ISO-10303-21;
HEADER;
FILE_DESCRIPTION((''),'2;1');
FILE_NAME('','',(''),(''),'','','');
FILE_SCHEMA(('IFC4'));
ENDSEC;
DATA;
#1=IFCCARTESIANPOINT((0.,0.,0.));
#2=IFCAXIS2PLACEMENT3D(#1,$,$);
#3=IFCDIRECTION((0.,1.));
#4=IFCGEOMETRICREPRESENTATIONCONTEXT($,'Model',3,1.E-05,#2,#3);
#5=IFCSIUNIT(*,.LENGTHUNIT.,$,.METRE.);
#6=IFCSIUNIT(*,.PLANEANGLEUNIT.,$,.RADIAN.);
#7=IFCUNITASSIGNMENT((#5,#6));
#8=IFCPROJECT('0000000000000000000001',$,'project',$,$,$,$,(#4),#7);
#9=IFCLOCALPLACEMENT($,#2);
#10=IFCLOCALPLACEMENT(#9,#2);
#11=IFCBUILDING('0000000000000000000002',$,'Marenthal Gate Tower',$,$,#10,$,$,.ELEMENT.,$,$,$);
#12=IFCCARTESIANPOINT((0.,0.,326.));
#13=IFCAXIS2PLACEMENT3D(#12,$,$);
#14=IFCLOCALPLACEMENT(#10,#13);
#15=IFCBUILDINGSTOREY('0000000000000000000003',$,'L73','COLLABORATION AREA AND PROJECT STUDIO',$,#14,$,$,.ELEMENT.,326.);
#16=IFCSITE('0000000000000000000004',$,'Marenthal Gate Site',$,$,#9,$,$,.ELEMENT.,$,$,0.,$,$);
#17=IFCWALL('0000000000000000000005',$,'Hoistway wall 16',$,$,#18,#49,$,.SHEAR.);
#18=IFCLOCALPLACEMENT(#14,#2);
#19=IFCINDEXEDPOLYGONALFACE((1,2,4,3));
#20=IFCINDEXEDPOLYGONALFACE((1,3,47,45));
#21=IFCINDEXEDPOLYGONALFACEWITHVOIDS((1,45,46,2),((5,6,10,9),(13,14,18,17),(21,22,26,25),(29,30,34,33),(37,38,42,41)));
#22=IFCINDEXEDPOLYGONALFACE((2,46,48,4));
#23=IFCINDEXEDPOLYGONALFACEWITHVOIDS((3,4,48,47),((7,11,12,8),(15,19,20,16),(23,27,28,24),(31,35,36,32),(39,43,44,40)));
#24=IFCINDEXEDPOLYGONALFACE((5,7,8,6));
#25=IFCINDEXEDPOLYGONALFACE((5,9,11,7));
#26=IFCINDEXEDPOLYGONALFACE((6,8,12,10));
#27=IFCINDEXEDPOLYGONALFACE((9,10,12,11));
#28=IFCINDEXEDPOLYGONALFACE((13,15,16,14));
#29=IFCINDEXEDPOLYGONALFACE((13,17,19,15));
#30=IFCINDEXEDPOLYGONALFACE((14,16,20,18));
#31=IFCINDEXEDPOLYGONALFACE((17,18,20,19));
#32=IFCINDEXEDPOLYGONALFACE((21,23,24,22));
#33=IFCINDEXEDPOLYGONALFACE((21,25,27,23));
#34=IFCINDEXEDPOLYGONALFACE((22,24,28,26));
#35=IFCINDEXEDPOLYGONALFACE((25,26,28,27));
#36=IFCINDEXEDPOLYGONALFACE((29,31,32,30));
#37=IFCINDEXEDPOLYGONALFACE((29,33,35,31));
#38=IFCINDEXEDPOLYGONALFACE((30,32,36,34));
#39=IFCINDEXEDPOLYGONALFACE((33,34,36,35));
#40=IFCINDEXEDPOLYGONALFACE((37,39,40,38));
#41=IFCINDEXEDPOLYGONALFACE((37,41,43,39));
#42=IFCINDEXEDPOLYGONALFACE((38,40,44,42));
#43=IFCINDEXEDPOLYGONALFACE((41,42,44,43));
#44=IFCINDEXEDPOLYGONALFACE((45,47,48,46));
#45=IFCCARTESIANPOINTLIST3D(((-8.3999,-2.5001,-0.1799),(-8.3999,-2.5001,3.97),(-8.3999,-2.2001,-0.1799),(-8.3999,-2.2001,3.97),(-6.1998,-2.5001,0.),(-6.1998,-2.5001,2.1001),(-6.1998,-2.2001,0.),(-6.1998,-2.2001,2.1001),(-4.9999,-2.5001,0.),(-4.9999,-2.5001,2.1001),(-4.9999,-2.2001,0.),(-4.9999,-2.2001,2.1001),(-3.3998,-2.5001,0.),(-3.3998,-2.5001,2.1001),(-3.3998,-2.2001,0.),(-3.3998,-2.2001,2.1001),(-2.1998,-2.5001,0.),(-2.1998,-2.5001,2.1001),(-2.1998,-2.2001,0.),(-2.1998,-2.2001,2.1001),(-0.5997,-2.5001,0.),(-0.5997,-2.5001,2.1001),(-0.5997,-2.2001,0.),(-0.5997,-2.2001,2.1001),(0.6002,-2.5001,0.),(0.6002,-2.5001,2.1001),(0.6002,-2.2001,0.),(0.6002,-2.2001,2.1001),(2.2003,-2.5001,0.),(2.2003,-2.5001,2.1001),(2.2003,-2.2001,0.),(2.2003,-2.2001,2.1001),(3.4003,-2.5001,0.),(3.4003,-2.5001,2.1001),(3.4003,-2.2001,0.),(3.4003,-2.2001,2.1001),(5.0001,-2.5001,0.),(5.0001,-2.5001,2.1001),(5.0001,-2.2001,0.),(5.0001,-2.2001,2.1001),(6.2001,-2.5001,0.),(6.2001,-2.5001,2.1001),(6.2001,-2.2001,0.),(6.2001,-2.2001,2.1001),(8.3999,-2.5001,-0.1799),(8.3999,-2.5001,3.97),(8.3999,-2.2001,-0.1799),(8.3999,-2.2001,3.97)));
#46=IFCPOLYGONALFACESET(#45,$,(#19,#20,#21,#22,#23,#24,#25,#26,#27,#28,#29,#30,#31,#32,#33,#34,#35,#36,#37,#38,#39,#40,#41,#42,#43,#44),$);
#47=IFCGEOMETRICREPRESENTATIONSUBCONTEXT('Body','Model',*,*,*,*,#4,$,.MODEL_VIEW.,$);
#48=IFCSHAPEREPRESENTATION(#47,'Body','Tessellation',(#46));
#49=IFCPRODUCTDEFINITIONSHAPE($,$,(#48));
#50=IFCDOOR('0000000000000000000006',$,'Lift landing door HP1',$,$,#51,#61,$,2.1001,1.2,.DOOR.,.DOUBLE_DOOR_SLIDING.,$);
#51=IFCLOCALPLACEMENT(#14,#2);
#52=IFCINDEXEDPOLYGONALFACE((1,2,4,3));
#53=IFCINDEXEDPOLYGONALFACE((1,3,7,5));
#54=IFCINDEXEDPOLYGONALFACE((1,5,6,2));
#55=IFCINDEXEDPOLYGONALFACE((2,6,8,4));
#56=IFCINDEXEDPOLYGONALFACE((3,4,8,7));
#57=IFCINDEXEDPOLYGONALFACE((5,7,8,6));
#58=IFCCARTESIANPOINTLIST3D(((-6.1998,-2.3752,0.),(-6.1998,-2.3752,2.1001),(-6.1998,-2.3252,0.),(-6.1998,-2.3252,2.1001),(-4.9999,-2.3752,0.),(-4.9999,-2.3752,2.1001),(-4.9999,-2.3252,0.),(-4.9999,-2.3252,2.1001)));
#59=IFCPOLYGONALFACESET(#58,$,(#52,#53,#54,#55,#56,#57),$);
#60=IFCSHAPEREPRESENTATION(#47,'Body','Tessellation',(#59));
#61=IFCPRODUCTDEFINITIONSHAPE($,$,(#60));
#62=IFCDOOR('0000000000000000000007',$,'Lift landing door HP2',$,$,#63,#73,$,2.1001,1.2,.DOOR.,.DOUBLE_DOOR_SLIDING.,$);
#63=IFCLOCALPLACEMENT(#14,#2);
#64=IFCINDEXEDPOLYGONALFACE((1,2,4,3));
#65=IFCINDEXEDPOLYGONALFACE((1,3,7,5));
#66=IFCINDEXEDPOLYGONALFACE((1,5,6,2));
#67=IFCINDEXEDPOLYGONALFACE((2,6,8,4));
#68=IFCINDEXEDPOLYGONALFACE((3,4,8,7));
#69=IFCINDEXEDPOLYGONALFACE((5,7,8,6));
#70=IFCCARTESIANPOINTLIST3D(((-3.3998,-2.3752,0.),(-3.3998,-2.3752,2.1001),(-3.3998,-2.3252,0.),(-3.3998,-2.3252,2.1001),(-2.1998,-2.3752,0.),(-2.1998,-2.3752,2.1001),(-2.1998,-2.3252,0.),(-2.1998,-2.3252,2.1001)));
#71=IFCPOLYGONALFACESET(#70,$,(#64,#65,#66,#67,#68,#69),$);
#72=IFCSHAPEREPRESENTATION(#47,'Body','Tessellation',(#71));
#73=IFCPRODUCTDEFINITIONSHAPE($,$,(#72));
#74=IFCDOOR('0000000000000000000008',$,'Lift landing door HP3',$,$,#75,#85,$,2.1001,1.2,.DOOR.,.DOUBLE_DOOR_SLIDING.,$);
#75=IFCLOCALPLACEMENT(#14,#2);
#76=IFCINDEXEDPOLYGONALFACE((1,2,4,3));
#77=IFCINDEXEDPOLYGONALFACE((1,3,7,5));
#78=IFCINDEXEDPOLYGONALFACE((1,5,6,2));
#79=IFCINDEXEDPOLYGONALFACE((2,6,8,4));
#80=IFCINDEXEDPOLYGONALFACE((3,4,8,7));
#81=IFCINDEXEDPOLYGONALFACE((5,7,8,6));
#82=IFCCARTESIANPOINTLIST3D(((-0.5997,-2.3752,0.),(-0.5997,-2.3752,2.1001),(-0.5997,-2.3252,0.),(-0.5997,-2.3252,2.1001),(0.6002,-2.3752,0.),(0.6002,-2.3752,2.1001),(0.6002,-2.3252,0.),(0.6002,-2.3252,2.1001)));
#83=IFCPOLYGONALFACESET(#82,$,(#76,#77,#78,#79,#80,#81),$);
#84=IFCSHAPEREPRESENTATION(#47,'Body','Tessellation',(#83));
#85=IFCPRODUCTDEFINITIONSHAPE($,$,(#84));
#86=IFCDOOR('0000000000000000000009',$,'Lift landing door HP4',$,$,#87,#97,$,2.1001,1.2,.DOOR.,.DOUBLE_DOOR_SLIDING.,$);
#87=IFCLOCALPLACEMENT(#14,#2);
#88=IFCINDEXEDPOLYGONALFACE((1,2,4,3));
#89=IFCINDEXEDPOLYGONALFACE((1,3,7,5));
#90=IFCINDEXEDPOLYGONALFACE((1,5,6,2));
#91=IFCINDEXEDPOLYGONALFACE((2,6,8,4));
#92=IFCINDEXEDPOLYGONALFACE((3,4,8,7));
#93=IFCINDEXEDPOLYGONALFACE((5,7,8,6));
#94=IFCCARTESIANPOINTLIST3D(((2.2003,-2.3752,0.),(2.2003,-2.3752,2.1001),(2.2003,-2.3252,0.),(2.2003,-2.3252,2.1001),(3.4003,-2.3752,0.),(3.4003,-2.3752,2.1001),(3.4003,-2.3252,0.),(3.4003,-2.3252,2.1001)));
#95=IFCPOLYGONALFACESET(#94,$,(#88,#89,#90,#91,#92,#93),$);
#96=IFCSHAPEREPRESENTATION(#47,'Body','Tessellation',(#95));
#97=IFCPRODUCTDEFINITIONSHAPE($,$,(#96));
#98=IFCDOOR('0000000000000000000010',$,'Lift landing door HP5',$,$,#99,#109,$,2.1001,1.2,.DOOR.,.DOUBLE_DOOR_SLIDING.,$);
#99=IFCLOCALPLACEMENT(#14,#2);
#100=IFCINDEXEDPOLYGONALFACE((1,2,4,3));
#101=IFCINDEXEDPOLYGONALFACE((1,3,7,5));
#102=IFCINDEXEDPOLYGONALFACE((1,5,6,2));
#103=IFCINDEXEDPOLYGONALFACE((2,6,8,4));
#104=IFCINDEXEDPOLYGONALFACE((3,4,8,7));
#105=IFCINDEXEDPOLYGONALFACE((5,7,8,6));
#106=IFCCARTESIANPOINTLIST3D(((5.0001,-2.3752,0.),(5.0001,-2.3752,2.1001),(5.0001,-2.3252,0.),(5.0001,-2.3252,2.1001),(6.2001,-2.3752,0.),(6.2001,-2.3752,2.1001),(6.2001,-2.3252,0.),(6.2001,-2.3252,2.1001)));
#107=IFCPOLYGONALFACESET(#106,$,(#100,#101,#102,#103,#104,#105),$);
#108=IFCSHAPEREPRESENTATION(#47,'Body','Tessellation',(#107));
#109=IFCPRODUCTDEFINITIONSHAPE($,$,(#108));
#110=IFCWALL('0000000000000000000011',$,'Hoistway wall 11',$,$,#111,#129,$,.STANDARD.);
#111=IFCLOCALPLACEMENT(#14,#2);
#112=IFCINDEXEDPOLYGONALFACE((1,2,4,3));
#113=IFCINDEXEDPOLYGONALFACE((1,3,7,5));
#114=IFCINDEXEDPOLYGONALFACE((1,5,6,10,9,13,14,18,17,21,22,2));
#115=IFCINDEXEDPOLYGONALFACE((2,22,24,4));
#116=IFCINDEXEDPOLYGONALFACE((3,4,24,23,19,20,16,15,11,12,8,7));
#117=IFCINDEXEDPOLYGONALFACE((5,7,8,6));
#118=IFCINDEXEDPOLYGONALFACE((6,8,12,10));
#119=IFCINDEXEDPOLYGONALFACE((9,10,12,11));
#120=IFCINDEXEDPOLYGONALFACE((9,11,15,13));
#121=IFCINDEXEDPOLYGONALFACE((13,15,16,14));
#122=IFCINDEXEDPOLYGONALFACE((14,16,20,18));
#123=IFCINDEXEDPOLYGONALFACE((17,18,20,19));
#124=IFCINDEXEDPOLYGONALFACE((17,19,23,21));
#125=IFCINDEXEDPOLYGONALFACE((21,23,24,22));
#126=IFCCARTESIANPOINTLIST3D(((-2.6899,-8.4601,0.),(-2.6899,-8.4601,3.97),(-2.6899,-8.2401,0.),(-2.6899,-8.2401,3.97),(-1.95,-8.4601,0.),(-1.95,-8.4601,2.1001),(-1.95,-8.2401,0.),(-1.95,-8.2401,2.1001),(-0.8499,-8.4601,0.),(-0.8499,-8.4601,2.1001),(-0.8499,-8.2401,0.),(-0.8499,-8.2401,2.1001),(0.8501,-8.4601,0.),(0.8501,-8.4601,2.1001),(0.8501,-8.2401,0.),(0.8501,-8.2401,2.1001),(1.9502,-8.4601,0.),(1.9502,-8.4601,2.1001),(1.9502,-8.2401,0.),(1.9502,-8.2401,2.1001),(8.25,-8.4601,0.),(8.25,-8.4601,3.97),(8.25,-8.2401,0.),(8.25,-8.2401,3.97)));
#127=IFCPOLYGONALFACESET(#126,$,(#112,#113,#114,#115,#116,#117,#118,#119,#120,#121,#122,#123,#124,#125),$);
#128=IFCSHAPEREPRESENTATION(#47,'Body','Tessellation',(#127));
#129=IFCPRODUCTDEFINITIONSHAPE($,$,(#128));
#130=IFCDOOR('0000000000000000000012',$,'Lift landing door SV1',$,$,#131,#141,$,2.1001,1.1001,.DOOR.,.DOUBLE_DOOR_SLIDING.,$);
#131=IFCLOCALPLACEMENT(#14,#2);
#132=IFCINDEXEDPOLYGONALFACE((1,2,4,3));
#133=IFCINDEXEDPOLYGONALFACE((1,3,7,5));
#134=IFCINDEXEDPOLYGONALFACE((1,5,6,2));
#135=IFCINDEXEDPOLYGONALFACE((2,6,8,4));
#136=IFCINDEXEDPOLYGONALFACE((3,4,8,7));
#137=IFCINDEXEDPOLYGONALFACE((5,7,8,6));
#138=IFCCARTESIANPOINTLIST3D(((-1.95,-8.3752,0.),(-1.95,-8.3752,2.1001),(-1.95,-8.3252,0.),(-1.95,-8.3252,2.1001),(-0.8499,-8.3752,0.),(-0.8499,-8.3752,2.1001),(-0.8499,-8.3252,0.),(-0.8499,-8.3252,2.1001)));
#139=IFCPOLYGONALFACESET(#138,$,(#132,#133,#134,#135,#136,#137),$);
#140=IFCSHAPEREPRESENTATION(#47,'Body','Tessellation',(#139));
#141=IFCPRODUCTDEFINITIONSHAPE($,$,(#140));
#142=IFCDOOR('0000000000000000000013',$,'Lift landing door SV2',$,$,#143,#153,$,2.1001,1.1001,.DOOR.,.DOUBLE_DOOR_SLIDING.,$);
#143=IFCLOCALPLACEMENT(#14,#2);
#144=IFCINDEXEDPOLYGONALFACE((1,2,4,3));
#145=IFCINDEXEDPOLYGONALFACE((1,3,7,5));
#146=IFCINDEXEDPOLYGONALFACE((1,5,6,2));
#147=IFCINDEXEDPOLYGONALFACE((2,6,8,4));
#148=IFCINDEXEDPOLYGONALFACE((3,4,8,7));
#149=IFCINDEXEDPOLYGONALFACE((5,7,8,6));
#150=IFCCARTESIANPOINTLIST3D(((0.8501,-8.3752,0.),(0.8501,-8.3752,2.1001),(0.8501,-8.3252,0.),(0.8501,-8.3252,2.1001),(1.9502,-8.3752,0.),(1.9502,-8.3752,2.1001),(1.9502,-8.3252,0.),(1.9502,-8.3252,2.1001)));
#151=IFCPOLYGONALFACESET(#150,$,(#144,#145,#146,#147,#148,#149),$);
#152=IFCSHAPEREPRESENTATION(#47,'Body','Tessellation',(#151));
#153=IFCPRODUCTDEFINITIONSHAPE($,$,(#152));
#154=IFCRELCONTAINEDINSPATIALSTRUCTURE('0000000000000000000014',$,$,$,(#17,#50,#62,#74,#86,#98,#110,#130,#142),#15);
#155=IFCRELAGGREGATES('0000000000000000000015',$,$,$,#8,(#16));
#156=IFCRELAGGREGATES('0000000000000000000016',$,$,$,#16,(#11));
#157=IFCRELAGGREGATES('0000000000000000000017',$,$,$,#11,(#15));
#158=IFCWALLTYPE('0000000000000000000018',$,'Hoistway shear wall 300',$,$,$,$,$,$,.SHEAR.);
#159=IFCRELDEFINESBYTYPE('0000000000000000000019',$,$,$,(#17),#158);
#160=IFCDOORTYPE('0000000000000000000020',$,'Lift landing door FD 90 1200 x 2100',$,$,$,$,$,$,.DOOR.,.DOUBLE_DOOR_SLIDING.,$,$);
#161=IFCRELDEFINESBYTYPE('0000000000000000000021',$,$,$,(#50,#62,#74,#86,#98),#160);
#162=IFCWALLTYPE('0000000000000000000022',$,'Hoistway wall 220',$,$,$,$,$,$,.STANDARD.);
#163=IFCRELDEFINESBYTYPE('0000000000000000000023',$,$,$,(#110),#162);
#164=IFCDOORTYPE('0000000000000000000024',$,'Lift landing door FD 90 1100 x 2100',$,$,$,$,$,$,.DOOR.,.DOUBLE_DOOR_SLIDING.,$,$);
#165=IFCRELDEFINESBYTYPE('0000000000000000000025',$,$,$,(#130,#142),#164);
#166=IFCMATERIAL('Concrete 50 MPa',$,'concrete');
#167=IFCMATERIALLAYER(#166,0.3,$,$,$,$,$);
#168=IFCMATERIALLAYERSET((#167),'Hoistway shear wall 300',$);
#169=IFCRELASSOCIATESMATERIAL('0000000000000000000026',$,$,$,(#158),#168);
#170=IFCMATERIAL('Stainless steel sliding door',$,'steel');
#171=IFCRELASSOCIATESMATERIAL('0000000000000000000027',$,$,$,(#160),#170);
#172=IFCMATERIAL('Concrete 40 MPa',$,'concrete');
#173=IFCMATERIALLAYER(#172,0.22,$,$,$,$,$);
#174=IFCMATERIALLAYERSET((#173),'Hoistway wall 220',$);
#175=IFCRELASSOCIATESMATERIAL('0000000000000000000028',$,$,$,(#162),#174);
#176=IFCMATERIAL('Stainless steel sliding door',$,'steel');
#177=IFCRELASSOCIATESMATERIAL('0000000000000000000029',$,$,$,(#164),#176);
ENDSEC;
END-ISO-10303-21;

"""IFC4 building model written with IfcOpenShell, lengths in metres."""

from ifc_helpers import new_model, si_unit, direction, frame, frame_2d, origin, place, context, subcontext, project, spatial, rectangle, extrude, material, layer, layer_set, type_object, element, fill, save


model = new_model("IFC4")

# Units and contexts
model_context = context("Model", 3, precision=1e-05, world=origin(), true_north=direction((0.0, 1.0)))
body_context = subcontext(model_context, "Body", "Model", "MODEL_VIEW")
ifc_project = project(units=[si_unit("LENGTHUNIT", "METRE"), si_unit("PLANEANGLEUNIT", "RADIAN")], contexts=[model_context])

# Site, building, storey
site_placement = place(None, origin())
site = spatial("IfcSite", under=ifc_project, at=site_placement, Name="Marenthal Gate Site", CompositionType="ELEMENT", RefElevation=0.0)
building_placement = place(site_placement, origin())
building = spatial("IfcBuilding", under=site, at=building_placement, Name="Marenthal Gate Tower", CompositionType="ELEMENT")
storey_placement = place(building_placement, frame((0.0, 0.0, 326.0)))
storey = spatial("IfcBuildingStorey", under=building, at=storey_placement, Name="L73", Description="COLLABORATION AREA AND PROJECT STUDIO", CompositionType="ELEMENT", Elevation=326.0)

# Walls, openings, doors
ifc_material_1 = material(Name="Concrete 50 MPa", Category="concrete")
ifc_layer_1 = layer(ifc_material_1, 0.3)
ifc_layer_set_1 = layer_set([ifc_layer_1], Name="Hoistway shear wall 300")
wall_type_1 = type_object("IfcWallType", Name="Hoistway shear wall 300", PredefinedType="SHEAR", material=ifc_layer_set_1)
wall_1_placement = place(storey_placement, frame((-8.3999, -2.3501, -0.1799), z_axis=(0.0, 0.0, 1.0), x_axis=(1.0, 0.0, 0.0)))
wall_1 = element("IfcWall", 1, at=wall_1_placement, inside=storey, type_object=wall_type_1, Name="Hoistway wall 16", PredefinedType="SHEAR", context=body_context, shape_type="SweptSolid", body=[
    extrude(rectangle(XDim=16.7998, YDim=0.3, at=frame_2d((8.3999, 0.0))), origin(), (0.0, 0.0, 1.0), 4.1499),
])
opening_1_placement = place(wall_1_placement, frame((2.2, 0.0, 0.1799)))
opening_1 = element("IfcOpeningElement", 2, at=opening_1_placement, cuts=wall_1, PredefinedType="OPENING", context=body_context, shape_type="SweptSolid", body=[
    extrude(rectangle(XDim=1.2, YDim=2.1001, at=frame_2d((0.6001, 1.05))), frame((0.0, 0.1602, 0.0), z_axis=(0.0, -1.0, 0.0), x_axis=(1.0, 0.0, 0.0)), (0.0, 0.0, 1.0), 0.3201),
])
opening_2_placement = place(wall_1_placement, frame((5.0, 0.0, 0.1799)))
opening_2 = element("IfcOpeningElement", 3, at=opening_2_placement, cuts=wall_1, PredefinedType="OPENING", context=body_context, shape_type="SweptSolid", body=[
    extrude(rectangle(XDim=1.2, YDim=2.1001, at=frame_2d((0.6001, 1.05))), frame((0.0, 0.1602, 0.0), z_axis=(0.0, -1.0, 0.0), x_axis=(1.0, 0.0, 0.0)), (0.0, 0.0, 1.0), 0.3201),
])
opening_3_placement = place(wall_1_placement, frame((7.8, 0.0, 0.1799)))
opening_3 = element("IfcOpeningElement", 4, at=opening_3_placement, cuts=wall_1, PredefinedType="OPENING", context=body_context, shape_type="SweptSolid", body=[
    extrude(rectangle(XDim=1.2, YDim=2.1001, at=frame_2d((0.6001, 1.05))), frame((0.0, 0.1602, 0.0), z_axis=(0.0, -1.0, 0.0), x_axis=(1.0, 0.0, 0.0)), (0.0, 0.0, 1.0), 0.3201),
])
opening_4_placement = place(wall_1_placement, frame((10.6001, 0.0, 0.1799)))
opening_4 = element("IfcOpeningElement", 5, at=opening_4_placement, cuts=wall_1, PredefinedType="OPENING", context=body_context, shape_type="SweptSolid", body=[
    extrude(rectangle(XDim=1.2, YDim=2.1001, at=frame_2d((0.6001, 1.05))), frame((0.0, 0.1602, 0.0), z_axis=(0.0, -1.0, 0.0), x_axis=(1.0, 0.0, 0.0)), (0.0, 0.0, 1.0), 0.3201),
])
opening_5_placement = place(wall_1_placement, frame((13.3999, 0.0, 0.1799)))
opening_5 = element("IfcOpeningElement", 6, at=opening_5_placement, cuts=wall_1, PredefinedType="OPENING", context=body_context, shape_type="SweptSolid", body=[
    extrude(rectangle(XDim=1.2, YDim=2.1001, at=frame_2d((0.6001, 1.05))), frame((0.0, 0.1602, 0.0), z_axis=(0.0, -1.0, 0.0), x_axis=(1.0, 0.0, 0.0)), (0.0, 0.0, 1.0), 0.3201),
])
ifc_material_2 = material(Name="Stainless steel sliding door", Category="steel")
door_type_1 = type_object("IfcDoorType", Name="Lift landing door FD 90 1200 x 2100", OperationType="DOUBLE_DOOR_SLIDING", PredefinedType="DOOR", material=ifc_material_2)
door_1_placement = place(opening_1_placement, origin())
door_1 = element("IfcDoor", 7, at=door_1_placement, inside=storey, type_object=door_type_1, Name="Lift landing door HP1", OperationType="DOUBLE_DOOR_SLIDING", OverallHeight=2.1001, OverallWidth=1.2, PredefinedType="DOOR", context=body_context, shape_type="SweptSolid", body=[
    extrude(rectangle(XDim=1.2, YDim=2.1001, at=frame_2d((0.6001, 1.05))), frame((0.0, 0.0249, 0.0), z_axis=(0.0, -1.0, 0.0), x_axis=(1.0, 0.0, 0.0)), (0.0, 0.0, 1.0), 0.05),
])
fill(opening_1, door_1)
door_2_placement = place(opening_2_placement, origin())
door_2 = element("IfcDoor", 8, at=door_2_placement, inside=storey, type_object=door_type_1, Name="Lift landing door HP2", OperationType="DOUBLE_DOOR_SLIDING", OverallHeight=2.1001, OverallWidth=1.2, PredefinedType="DOOR", context=body_context, shape_type="SweptSolid", body=[
    extrude(rectangle(XDim=1.2, YDim=2.1001, at=frame_2d((0.6001, 1.05))), frame((0.0, 0.0249, 0.0), z_axis=(0.0, -1.0, 0.0), x_axis=(1.0, 0.0, 0.0)), (0.0, 0.0, 1.0), 0.05),
])
fill(opening_2, door_2)
door_3_placement = place(opening_3_placement, origin())
door_3 = element("IfcDoor", 9, at=door_3_placement, inside=storey, type_object=door_type_1, Name="Lift landing door HP3", OperationType="DOUBLE_DOOR_SLIDING", OverallHeight=2.1001, OverallWidth=1.2, PredefinedType="DOOR", context=body_context, shape_type="SweptSolid", body=[
    extrude(rectangle(XDim=1.2, YDim=2.1001, at=frame_2d((0.6001, 1.05))), frame((0.0, 0.0249, 0.0), z_axis=(0.0, -1.0, 0.0), x_axis=(1.0, 0.0, 0.0)), (0.0, 0.0, 1.0), 0.05),
])
fill(opening_3, door_3)
door_4_placement = place(opening_4_placement, origin())
door_4 = element("IfcDoor", 10, at=door_4_placement, inside=storey, type_object=door_type_1, Name="Lift landing door HP4", OperationType="DOUBLE_DOOR_SLIDING", OverallHeight=2.1001, OverallWidth=1.2, PredefinedType="DOOR", context=body_context, shape_type="SweptSolid", body=[
    extrude(rectangle(XDim=1.2, YDim=2.1001, at=frame_2d((0.6001, 1.05))), frame((0.0, 0.0249, 0.0), z_axis=(0.0, -1.0, 0.0), x_axis=(1.0, 0.0, 0.0)), (0.0, 0.0, 1.0), 0.05),
])
fill(opening_4, door_4)
door_5_placement = place(opening_5_placement, origin())
door_5 = element("IfcDoor", 11, at=door_5_placement, inside=storey, type_object=door_type_1, Name="Lift landing door HP5", OperationType="DOUBLE_DOOR_SLIDING", OverallHeight=2.1001, OverallWidth=1.2, PredefinedType="DOOR", context=body_context, shape_type="SweptSolid", body=[
    extrude(rectangle(XDim=1.2, YDim=2.1001, at=frame_2d((0.6001, 1.05))), frame((0.0, 0.0249, 0.0), z_axis=(0.0, -1.0, 0.0), x_axis=(1.0, 0.0, 0.0)), (0.0, 0.0, 1.0), 0.05),
])
fill(opening_5, door_5)
ifc_material_3 = material(Name="Concrete 40 MPa", Category="concrete")
ifc_layer_2 = layer(ifc_material_3, 0.22)
ifc_layer_set_2 = layer_set([ifc_layer_2], Name="Hoistway wall 220")
wall_type_2 = type_object("IfcWallType", Name="Hoistway wall 220", PredefinedType="STANDARD", material=ifc_layer_set_2)
wall_2_placement = place(storey_placement, frame((-2.6899, -8.3501, 0.0), z_axis=(0.0, 0.0, 1.0), x_axis=(1.0, 0.0, 0.0)))
wall_2 = element("IfcWall", 12, at=wall_2_placement, inside=storey, type_object=wall_type_2, Name="Hoistway wall 11", PredefinedType="STANDARD", context=body_context, shape_type="SweptSolid", body=[
    extrude(rectangle(XDim=10.9399, YDim=0.22, at=frame_2d((5.47, 0.0))), origin(), (0.0, 0.0, 1.0), 3.97),
])
opening_6_placement = place(wall_2_placement, frame((0.74, 0.0, 0.0)))
opening_6 = element("IfcOpeningElement", 13, at=opening_6_placement, cuts=wall_2, PredefinedType="OPENING", context=body_context, shape_type="SweptSolid", body=[
    extrude(rectangle(XDim=1.1001, YDim=2.1001, at=frame_2d((0.55, 1.05))), frame((0.0, 0.1201, 0.0), z_axis=(0.0, -1.0, 0.0), x_axis=(1.0, 0.0, 0.0)), (0.0, 0.0, 1.0), 0.24),
])
opening_7_placement = place(wall_2_placement, frame((3.54, 0.0, 0.0)))
opening_7 = element("IfcOpeningElement", 14, at=opening_7_placement, cuts=wall_2, PredefinedType="OPENING", context=body_context, shape_type="SweptSolid", body=[
    extrude(rectangle(XDim=1.1001, YDim=2.1001, at=frame_2d((0.55, 1.05))), frame((0.0, 0.1201, 0.0), z_axis=(0.0, -1.0, 0.0), x_axis=(1.0, 0.0, 0.0)), (0.0, 0.0, 1.0), 0.24),
])
ifc_material_4 = material(Name="Stainless steel sliding door", Category="steel")
door_type_2 = type_object("IfcDoorType", Name="Lift landing door FD 90 1100 x 2100", OperationType="DOUBLE_DOOR_SLIDING", PredefinedType="DOOR", material=ifc_material_4)
door_6_placement = place(opening_6_placement, origin())
door_6 = element("IfcDoor", 15, at=door_6_placement, inside=storey, type_object=door_type_2, Name="Lift landing door SV1", OperationType="DOUBLE_DOOR_SLIDING", OverallHeight=2.1001, OverallWidth=1.1001, PredefinedType="DOOR", context=body_context, shape_type="SweptSolid", body=[
    extrude(rectangle(XDim=1.1001, YDim=2.1001, at=frame_2d((0.55, 1.05))), frame((0.0, 0.0249, 0.0), z_axis=(0.0, -1.0, 0.0), x_axis=(1.0, 0.0, 0.0)), (0.0, 0.0, 1.0), 0.05),
])
fill(opening_6, door_6)
door_7_placement = place(opening_7_placement, origin())
door_7 = element("IfcDoor", 16, at=door_7_placement, inside=storey, type_object=door_type_2, Name="Lift landing door SV2", OperationType="DOUBLE_DOOR_SLIDING", OverallHeight=2.1001, OverallWidth=1.1001, PredefinedType="DOOR", context=body_context, shape_type="SweptSolid", body=[
    extrude(rectangle(XDim=1.1001, YDim=2.1001, at=frame_2d((0.55, 1.05))), frame((0.0, 0.0249, 0.0), z_axis=(0.0, -1.0, 0.0), x_axis=(1.0, 0.0, 0.0)), (0.0, 0.0, 1.0), 0.05),
])
fill(opening_7, door_7)

save(model, "model.ifc")
